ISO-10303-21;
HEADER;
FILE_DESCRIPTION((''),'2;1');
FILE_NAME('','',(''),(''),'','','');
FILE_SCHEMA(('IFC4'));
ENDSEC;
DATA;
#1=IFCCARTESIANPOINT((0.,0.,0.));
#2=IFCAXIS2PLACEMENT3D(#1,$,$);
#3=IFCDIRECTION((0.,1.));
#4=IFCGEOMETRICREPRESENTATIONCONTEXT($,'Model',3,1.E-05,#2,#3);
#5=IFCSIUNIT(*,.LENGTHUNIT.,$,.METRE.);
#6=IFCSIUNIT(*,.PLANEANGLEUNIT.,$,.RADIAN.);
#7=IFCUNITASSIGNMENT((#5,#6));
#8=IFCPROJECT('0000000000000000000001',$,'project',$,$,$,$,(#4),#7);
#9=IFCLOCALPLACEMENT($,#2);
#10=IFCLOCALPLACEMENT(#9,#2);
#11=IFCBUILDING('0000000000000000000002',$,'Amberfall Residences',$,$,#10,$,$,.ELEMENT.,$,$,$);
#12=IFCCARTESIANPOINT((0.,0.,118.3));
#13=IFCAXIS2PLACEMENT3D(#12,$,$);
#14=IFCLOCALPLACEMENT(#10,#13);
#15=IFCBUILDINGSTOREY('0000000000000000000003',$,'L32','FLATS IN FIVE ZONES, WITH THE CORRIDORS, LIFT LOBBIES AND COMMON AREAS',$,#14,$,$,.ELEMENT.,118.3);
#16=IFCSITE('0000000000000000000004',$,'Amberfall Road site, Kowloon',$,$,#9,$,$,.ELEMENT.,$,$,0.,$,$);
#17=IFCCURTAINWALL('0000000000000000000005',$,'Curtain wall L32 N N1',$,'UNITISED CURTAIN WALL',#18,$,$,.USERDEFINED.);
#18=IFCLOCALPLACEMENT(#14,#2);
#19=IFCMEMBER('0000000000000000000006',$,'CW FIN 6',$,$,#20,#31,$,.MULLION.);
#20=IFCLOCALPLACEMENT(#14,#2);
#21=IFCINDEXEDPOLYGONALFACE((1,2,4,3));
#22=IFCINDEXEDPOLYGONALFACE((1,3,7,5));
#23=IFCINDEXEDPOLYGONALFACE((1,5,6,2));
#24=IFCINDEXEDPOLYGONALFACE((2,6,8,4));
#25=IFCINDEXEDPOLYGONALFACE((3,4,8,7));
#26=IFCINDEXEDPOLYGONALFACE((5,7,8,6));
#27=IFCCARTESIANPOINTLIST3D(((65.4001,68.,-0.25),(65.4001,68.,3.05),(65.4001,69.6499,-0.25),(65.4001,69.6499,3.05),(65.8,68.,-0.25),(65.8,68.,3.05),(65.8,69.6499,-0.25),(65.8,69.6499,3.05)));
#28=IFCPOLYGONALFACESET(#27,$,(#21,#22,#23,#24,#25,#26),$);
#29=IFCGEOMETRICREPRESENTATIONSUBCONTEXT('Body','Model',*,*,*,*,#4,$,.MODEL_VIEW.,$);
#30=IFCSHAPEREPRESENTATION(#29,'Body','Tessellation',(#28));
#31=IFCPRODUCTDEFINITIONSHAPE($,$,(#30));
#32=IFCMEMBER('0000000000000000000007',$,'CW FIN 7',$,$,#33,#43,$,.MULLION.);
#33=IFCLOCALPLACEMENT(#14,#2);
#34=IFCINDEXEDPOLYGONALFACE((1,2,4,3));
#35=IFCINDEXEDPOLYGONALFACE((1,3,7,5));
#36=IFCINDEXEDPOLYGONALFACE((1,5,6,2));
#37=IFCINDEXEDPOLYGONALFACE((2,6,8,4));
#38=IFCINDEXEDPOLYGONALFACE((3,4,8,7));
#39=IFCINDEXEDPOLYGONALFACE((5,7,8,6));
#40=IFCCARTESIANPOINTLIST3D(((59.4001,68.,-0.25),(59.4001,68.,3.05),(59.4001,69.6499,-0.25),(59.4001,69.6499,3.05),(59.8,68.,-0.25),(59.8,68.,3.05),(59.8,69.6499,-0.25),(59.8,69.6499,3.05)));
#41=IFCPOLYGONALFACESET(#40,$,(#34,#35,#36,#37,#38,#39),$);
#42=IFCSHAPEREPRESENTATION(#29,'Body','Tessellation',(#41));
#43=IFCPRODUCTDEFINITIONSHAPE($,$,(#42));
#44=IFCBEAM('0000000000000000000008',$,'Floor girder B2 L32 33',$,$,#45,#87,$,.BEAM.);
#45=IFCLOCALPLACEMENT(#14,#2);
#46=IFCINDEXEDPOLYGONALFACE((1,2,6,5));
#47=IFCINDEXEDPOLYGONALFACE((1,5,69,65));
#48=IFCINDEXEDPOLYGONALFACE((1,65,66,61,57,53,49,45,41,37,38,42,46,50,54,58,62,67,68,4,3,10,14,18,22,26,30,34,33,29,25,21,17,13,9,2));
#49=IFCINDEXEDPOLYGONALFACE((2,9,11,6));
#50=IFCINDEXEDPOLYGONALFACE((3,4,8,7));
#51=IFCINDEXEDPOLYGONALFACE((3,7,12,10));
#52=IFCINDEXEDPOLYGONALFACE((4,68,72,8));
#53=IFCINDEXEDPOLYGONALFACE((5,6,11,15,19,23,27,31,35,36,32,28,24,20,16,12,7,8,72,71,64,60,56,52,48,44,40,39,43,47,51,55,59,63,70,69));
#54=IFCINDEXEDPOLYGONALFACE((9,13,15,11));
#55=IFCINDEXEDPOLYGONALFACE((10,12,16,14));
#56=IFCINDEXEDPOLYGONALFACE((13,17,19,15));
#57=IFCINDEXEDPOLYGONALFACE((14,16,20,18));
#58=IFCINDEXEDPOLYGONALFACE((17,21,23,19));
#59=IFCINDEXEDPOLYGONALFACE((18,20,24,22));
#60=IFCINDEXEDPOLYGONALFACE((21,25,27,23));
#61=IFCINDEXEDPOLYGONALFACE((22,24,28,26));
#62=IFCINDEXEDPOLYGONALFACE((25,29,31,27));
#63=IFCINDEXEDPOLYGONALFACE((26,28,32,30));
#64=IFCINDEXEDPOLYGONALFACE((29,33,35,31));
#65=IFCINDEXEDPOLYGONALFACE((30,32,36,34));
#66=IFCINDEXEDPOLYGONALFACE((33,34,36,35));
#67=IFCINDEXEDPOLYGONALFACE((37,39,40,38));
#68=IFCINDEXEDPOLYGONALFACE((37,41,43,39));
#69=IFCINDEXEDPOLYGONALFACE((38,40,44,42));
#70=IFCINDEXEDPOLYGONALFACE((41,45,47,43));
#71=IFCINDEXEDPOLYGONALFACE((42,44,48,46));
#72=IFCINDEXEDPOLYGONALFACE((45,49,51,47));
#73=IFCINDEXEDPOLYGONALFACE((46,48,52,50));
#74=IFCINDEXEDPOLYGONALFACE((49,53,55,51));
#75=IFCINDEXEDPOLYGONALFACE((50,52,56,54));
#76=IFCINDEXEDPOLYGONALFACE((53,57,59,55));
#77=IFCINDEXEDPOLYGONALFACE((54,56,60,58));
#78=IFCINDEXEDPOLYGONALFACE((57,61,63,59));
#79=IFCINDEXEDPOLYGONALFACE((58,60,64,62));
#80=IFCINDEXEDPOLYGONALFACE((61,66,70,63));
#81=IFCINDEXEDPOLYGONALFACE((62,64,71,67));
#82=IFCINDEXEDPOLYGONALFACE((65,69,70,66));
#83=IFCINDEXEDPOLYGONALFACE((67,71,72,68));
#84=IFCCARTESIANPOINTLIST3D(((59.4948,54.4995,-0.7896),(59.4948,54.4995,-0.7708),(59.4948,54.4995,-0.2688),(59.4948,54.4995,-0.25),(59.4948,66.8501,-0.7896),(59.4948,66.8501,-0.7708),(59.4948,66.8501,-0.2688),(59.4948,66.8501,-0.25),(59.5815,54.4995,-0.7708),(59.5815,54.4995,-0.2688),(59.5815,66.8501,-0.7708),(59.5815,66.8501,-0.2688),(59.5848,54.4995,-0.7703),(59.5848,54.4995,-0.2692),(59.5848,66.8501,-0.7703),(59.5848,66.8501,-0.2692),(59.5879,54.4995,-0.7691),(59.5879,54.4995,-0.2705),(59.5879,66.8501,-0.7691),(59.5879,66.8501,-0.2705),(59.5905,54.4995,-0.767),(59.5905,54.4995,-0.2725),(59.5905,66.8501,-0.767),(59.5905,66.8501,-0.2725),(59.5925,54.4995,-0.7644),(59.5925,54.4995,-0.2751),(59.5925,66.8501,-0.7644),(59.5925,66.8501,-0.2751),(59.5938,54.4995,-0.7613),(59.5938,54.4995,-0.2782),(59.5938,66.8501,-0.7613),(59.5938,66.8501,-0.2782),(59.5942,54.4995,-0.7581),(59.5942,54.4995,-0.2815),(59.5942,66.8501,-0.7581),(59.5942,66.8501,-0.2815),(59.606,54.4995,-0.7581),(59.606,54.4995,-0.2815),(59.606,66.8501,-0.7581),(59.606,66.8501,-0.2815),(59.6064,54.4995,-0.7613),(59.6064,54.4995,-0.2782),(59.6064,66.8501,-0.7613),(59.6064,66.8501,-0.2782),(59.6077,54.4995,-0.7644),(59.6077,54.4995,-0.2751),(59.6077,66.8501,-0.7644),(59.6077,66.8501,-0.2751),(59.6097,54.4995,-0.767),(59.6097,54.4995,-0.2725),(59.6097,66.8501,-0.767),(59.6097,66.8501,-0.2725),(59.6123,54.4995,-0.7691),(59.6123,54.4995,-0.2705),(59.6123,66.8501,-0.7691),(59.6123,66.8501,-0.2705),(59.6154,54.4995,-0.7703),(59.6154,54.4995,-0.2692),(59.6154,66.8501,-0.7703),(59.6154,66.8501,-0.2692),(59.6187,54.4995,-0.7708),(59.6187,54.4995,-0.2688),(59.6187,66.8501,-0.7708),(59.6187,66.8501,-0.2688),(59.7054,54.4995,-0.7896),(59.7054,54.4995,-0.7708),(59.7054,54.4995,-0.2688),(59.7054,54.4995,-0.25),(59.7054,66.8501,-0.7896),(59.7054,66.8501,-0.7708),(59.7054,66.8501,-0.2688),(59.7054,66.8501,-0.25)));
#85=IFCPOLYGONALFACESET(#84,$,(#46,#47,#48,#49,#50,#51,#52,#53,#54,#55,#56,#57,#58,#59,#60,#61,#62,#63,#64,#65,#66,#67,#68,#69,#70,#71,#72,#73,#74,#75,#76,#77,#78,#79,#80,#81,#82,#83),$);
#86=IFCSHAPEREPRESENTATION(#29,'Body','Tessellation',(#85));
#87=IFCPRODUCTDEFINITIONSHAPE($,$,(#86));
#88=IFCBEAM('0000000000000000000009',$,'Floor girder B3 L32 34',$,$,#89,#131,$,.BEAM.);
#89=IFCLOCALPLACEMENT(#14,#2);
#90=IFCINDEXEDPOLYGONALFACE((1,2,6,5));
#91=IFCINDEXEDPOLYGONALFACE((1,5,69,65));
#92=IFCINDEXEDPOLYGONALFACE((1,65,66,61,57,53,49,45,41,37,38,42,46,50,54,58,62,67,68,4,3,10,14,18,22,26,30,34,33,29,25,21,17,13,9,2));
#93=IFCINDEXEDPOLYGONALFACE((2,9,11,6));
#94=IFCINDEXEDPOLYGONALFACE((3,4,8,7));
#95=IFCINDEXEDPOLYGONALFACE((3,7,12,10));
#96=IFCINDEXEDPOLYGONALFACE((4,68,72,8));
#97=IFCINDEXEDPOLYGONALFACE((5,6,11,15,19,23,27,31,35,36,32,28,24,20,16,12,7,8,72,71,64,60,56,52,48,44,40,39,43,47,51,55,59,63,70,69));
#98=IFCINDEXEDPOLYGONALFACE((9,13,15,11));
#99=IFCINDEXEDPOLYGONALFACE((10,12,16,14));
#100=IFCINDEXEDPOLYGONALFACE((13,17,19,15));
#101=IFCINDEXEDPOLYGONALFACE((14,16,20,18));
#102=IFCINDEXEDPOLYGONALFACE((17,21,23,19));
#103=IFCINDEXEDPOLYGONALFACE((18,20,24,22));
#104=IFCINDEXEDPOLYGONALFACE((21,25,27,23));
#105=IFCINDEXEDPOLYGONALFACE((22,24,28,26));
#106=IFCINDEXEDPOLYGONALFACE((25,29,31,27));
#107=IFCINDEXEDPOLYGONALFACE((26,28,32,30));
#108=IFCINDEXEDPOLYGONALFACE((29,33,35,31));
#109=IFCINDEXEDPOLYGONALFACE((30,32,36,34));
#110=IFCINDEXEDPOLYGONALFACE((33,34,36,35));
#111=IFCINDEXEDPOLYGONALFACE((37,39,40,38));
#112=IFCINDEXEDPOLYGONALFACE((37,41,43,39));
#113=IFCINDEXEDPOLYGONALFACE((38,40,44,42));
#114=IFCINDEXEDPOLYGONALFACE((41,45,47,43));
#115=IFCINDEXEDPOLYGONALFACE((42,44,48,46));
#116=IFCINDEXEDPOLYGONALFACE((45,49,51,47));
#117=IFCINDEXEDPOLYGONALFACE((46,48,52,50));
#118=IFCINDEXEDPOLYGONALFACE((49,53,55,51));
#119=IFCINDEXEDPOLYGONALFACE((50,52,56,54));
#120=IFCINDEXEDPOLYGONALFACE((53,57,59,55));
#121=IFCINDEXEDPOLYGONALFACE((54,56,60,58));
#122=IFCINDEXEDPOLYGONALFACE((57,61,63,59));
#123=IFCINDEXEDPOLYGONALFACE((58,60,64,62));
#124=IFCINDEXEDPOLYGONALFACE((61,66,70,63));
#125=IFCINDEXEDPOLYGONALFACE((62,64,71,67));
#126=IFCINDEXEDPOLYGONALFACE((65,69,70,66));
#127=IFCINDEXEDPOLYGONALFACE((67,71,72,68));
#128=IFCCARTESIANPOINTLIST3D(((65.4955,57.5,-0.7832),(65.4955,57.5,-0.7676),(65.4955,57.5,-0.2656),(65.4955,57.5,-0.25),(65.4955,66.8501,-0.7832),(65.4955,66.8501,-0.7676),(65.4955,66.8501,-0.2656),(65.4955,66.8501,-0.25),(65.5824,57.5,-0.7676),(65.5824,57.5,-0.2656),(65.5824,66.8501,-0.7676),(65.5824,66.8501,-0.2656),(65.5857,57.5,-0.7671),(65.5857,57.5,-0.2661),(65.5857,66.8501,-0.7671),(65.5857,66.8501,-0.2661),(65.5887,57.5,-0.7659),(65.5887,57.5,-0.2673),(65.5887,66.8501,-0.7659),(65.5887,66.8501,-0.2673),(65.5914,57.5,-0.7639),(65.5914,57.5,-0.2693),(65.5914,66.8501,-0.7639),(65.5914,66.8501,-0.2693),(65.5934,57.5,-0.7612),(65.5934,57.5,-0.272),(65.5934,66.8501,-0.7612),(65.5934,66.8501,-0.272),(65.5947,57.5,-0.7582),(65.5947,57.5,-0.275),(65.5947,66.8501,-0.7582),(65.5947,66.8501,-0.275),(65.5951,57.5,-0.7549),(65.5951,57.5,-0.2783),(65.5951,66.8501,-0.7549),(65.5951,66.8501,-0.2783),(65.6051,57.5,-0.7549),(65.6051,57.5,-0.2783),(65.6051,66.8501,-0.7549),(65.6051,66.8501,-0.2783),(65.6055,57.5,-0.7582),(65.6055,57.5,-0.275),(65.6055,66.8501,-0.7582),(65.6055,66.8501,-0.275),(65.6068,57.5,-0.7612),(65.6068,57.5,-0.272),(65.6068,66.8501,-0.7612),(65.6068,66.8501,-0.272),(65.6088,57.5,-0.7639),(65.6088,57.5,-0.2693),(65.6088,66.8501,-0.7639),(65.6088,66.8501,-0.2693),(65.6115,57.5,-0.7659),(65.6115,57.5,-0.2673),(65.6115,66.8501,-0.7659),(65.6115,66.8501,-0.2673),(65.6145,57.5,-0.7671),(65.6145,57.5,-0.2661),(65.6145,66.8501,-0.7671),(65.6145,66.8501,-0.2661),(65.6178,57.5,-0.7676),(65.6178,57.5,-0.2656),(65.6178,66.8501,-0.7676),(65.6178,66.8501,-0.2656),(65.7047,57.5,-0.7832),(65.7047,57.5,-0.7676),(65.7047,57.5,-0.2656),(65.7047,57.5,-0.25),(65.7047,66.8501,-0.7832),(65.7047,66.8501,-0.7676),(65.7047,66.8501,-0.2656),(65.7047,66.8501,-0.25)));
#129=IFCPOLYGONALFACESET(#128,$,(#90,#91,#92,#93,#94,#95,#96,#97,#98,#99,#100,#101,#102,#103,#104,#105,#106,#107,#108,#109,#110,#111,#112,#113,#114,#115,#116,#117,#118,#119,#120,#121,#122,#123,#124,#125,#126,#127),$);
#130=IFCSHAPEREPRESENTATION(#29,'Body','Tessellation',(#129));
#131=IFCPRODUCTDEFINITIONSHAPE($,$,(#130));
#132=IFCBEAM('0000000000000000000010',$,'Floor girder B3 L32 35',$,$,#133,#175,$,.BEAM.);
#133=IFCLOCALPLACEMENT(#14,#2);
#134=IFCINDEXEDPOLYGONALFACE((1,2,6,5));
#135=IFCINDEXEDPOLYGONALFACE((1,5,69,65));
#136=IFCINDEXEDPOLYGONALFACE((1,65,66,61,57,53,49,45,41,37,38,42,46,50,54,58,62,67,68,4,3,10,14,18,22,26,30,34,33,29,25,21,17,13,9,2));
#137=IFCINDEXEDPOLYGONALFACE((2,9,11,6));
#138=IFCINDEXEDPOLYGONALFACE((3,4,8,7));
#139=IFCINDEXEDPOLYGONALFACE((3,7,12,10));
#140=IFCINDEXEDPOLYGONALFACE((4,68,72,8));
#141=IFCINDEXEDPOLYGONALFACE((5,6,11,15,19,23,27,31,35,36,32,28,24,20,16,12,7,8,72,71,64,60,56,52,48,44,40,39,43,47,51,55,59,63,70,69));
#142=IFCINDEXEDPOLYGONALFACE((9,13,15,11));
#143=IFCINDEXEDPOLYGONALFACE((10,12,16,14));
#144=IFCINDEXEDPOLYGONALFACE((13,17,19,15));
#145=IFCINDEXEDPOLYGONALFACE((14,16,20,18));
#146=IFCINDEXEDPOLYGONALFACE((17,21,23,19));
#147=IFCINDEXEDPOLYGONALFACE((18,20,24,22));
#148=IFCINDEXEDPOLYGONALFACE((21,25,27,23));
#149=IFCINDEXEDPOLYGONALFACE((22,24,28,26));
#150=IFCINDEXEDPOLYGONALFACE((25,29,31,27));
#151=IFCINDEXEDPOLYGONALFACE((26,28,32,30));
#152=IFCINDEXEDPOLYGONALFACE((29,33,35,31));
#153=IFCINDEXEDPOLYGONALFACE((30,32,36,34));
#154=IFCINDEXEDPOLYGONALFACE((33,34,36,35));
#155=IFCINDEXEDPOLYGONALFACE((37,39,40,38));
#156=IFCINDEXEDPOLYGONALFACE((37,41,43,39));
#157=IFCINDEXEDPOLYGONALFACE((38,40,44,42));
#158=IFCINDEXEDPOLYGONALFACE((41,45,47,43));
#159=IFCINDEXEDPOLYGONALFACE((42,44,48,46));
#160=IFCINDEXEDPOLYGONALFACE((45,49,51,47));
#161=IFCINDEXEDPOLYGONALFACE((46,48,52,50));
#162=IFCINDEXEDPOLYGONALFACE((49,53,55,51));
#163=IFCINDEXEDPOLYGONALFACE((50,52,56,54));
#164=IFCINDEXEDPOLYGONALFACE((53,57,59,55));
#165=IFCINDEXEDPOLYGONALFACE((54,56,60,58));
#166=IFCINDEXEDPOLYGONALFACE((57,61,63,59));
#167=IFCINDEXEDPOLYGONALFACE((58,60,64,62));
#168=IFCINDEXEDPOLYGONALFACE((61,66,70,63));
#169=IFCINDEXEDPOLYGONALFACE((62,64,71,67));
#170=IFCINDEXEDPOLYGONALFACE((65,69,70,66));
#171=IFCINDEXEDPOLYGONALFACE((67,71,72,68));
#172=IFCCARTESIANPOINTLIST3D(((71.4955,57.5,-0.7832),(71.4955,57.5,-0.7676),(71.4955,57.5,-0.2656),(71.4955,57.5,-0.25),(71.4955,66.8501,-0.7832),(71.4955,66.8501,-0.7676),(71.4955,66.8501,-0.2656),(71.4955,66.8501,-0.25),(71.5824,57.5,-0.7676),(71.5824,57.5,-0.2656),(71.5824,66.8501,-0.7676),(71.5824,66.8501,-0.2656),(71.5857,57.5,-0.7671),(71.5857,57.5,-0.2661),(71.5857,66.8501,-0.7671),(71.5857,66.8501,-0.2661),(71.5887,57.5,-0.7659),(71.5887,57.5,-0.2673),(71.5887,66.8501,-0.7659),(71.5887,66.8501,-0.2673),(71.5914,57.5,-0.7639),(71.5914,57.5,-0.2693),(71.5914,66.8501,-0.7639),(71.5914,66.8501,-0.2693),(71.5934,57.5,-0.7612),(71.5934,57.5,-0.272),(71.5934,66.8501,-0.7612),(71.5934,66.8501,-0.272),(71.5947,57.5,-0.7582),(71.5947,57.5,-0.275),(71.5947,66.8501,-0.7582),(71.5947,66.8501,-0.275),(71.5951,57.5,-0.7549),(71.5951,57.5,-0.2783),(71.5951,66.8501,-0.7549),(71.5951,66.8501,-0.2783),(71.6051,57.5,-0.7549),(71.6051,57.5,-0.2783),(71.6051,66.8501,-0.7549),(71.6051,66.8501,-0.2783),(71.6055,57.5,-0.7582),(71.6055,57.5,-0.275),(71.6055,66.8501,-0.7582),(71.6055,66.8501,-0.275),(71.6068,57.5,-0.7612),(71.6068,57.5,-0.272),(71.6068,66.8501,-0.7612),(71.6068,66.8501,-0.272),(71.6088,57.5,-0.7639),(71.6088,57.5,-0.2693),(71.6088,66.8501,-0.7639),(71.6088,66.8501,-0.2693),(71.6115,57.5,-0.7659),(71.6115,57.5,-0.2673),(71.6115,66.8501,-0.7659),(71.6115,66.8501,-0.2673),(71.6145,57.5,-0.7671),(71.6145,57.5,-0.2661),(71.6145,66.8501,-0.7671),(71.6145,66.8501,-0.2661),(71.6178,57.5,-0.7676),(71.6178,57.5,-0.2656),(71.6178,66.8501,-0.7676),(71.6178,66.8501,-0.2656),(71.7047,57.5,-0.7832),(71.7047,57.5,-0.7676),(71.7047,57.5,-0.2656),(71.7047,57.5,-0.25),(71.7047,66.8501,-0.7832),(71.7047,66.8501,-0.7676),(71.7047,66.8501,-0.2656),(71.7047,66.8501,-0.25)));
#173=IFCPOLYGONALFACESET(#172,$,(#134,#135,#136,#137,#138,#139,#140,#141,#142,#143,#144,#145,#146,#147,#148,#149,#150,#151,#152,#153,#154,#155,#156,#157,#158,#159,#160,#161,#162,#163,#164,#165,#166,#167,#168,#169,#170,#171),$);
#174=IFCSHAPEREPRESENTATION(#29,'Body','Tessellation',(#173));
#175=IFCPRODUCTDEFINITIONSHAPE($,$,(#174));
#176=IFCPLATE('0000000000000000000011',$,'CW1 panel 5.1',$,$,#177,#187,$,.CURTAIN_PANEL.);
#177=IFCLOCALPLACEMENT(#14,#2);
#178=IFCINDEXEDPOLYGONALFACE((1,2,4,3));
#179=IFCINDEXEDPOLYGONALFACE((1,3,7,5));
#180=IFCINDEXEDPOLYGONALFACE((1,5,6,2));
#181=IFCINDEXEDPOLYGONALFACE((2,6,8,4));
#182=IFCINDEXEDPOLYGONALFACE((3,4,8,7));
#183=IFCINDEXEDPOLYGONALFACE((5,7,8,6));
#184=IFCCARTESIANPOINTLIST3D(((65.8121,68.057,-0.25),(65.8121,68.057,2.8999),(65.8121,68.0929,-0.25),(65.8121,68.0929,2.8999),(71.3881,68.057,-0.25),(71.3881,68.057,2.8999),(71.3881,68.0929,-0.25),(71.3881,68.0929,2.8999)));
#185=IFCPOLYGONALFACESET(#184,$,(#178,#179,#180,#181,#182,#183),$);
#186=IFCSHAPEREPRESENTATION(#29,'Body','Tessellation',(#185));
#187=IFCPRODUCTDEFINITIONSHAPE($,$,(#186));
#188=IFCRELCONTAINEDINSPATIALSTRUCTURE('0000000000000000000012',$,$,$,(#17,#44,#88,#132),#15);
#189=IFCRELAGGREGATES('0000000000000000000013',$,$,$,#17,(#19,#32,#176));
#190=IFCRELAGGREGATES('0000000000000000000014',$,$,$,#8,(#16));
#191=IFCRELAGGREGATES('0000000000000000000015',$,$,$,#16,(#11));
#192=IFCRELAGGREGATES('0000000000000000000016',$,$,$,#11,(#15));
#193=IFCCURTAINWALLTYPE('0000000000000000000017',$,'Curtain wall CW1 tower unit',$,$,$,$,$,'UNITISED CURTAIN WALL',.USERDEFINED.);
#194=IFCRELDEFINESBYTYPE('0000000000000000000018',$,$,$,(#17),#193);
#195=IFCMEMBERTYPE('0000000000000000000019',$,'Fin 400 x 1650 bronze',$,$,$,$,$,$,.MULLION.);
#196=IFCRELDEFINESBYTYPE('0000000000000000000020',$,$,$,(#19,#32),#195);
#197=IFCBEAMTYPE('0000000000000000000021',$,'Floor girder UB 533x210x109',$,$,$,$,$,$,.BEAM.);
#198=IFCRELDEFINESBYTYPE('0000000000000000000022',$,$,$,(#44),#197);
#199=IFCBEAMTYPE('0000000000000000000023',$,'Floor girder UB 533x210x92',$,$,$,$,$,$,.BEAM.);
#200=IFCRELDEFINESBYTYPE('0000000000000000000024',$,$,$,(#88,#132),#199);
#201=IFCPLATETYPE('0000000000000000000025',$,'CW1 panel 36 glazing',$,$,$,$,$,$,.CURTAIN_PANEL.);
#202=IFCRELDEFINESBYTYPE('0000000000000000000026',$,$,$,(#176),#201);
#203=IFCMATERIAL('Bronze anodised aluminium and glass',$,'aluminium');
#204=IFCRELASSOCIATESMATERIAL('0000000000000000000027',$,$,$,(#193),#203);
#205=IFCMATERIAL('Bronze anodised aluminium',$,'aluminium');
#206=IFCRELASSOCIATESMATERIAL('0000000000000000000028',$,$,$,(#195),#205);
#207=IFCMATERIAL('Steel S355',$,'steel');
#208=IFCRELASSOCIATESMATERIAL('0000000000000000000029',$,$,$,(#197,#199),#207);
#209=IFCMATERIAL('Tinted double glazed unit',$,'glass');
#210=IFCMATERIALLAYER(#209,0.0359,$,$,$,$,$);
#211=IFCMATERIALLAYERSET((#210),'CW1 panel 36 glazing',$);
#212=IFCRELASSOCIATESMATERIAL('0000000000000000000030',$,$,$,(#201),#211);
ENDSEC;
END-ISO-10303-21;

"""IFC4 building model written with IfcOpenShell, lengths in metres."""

from ifc_helpers import new_model, si_unit, direction, frame, origin, origin_2d, place, context, subcontext, project, spatial, rectangle, i_section, extrude, material, layer, layer_set, material_profile, profile_set, type_object, element, aggregate, save


model = new_model("IFC4")

# Units and contexts
model_context = context("Model", 3, precision=1e-05, world=origin(), true_north=direction((0.0, 1.0)))
body_context = subcontext(model_context, "Body", "Model", "MODEL_VIEW")
ifc_project = project(units=[si_unit("LENGTHUNIT", "METRE"), si_unit("PLANEANGLEUNIT", "RADIAN")], contexts=[model_context])

# Site, building, storey
site_placement = place(None, origin())
site = spatial("IfcSite", under=ifc_project, at=site_placement, Name="Amberfall Road site, Kowloon", CompositionType="ELEMENT", RefElevation=0.0)
building_placement = place(site_placement, origin())
building = spatial("IfcBuilding", under=site, at=building_placement, Name="Amberfall Residences", CompositionType="ELEMENT")
storey_placement = place(building_placement, frame((0.0, 0.0, 118.3)))
storey = spatial("IfcBuildingStorey", under=building, at=storey_placement, Name="L32", Description="FLATS IN FIVE ZONES, WITH THE CORRIDORS, LIFT LOBBIES AND COMMON AREAS", CompositionType="ELEMENT", Elevation=118.3)

# Curtain wall
ifc_material_1 = material(Name="Bronze anodised aluminium and glass", Category="aluminium")
curtain_wall_type = type_object("IfcCurtainWallType", Name="Curtain wall CW1 tower unit", ElementType="UNITISED CURTAIN WALL", PredefinedType="USERDEFINED", material=ifc_material_1)
curtain_wall_placement = place(storey_placement, origin())
curtain_wall = element("IfcCurtainWall", 1, at=curtain_wall_placement, inside=storey, type_object=curtain_wall_type, Name="Curtain wall L32 N N1", ObjectType="UNITISED CURTAIN WALL", PredefinedType="USERDEFINED")
ifc_material_2 = material(Name="Bronze anodised aluminium", Category="aluminium")

# Shared definitions
ifc_material_3 = material(Name="Steel S355", Category="steel")

# Members
ifc_material_profile_1 = material_profile(ifc_material_2, rectangle(XDim=1.6499, YDim=0.3999, at=origin_2d()), Name="Fin 400 x 1650 bronze")
ifc_profile_set_1 = profile_set([ifc_material_profile_1], Name="Bronze anodised aluminium")
member_type_1 = type_object("IfcMemberType", Name="Fin 400 x 1650 bronze", PredefinedType="MULLION", material=ifc_profile_set_1)
member_1_placement = place(storey_placement, frame((65.6001, 68.825, -0.25), z_axis=(0.0, 0.0, 1.0), x_axis=(0.0, -1.0, 0.0)))
member_1 = element("IfcMember", 2, at=member_1_placement, type_object=member_type_1, Name="CW FIN 6", PredefinedType="MULLION", context=body_context, shape_type="SweptSolid", body=[
    extrude(rectangle(XDim=1.6499, YDim=0.3999, at=origin_2d()), origin(), (0.0, 0.0, 1.0), 3.3),
])
member_2_placement = place(storey_placement, frame((59.6001, 68.825, -0.25), z_axis=(0.0, 0.0, 1.0), x_axis=(0.0, -1.0, 0.0)))
member_2 = element("IfcMember", 3, at=member_2_placement, type_object=member_type_1, Name="CW FIN 7", PredefinedType="MULLION", context=body_context, shape_type="SweptSolid", body=[
    extrude(rectangle(XDim=1.6499, YDim=0.3999, at=origin_2d()), origin(), (0.0, 0.0, 1.0), 3.3),
])

# Beams
ifc_material_profile_2 = material_profile(ifc_material_3, i_section(OverallWidth=0.2107, OverallDepth=0.5396, WebThickness=0.0117, FlangeThickness=0.0188, FilletRadius=0.0127, at=origin_2d()), Name="UB 533x210x109")
ifc_profile_set_2 = profile_set([ifc_material_profile_2], Name="Steel S355")
beam_type_1 = type_object("IfcBeamType", Name="Floor girder UB 533x210x109", PredefinedType="BEAM", material=ifc_profile_set_2)
beam_placement = place(storey_placement, frame((59.6001, 66.8501, -0.5198), z_axis=(0.0, -1.0, 0.0), x_axis=(1.0, 0.0, 0.0)))
element("IfcBeam", 4, at=beam_placement, inside=storey, type_object=beam_type_1, Name="Floor girder B2 L32 33", PredefinedType="BEAM", context=body_context, shape_type="SweptSolid", body=[
    extrude(i_section(OverallWidth=0.2107, OverallDepth=0.5396, WebThickness=0.0117, FlangeThickness=0.0188, FilletRadius=0.0127, at=origin_2d()), origin(), (0.0, 0.0, 1.0), 12.3506),
])
ifc_material_profile_3 = material_profile(ifc_material_3, i_section(OverallWidth=0.2092, OverallDepth=0.5332, WebThickness=0.01, FlangeThickness=0.0156, FilletRadius=0.0127, at=origin_2d()), Name="UB 533x210x92")
ifc_profile_set_3 = profile_set([ifc_material_profile_3], Name="Steel S355")
beam_type_2 = type_object("IfcBeamType", Name="Floor girder UB 533x210x92", PredefinedType="BEAM", material=ifc_profile_set_3)
for number, where, z_axis, x_axis, name in (
    (5, (65.6001, 66.8501, -0.5166), (0.0, -1.0, 0.0), (1.0, 0.0, 0.0), "Floor girder B3 L32 34"),
    (6, (71.6001, 66.8501, -0.5166), (0.0, -1.0, 0.0), (1.0, 0.0, 0.0), "Floor girder B3 L32 35"),
):
    element("IfcBeam", number, at=place(storey_placement, frame(where, z_axis=z_axis, x_axis=x_axis)), inside=storey, type_object=beam_type_2, Name=name, PredefinedType="BEAM", context=body_context, shape_type="SweptSolid", body=[
        extrude(i_section(OverallWidth=0.2092, OverallDepth=0.5332, WebThickness=0.01, FlangeThickness=0.0156, FilletRadius=0.0127, at=origin_2d()), origin(), (0.0, 0.0, 1.0), 9.3501),
    ])

# Plate
ifc_material_4 = material(Name="Tinted double glazed unit", Category="glass")
ifc_layer_1 = layer(ifc_material_4, 0.0359)
ifc_layer_set_1 = layer_set([ifc_layer_1], Name="CW1 panel 36 glazing")
plate_type = type_object("IfcPlateType", Name="CW1 panel 36 glazing", PredefinedType="CURTAIN_PANEL", material=ifc_layer_set_1)
plate_1_placement = place(storey_placement, frame((68.6001, 68.075, -0.25), z_axis=(0.0, 0.0, 1.0), x_axis=(-1.0, 0.0, 0.0)))
plate_1 = element("IfcPlate", 7, at=plate_1_placement, type_object=plate_type, Name="CW1 panel 5.1", PredefinedType="CURTAIN_PANEL", context=body_context, shape_type="SweptSolid", body=[
    extrude(rectangle(XDim=5.5759, YDim=0.0359, at=origin_2d()), origin(), (0.0, 0.0, 1.0), 3.1499),
])
aggregate(curtain_wall, [member_1, member_2, plate_1])

save(model, "model.ifc")
